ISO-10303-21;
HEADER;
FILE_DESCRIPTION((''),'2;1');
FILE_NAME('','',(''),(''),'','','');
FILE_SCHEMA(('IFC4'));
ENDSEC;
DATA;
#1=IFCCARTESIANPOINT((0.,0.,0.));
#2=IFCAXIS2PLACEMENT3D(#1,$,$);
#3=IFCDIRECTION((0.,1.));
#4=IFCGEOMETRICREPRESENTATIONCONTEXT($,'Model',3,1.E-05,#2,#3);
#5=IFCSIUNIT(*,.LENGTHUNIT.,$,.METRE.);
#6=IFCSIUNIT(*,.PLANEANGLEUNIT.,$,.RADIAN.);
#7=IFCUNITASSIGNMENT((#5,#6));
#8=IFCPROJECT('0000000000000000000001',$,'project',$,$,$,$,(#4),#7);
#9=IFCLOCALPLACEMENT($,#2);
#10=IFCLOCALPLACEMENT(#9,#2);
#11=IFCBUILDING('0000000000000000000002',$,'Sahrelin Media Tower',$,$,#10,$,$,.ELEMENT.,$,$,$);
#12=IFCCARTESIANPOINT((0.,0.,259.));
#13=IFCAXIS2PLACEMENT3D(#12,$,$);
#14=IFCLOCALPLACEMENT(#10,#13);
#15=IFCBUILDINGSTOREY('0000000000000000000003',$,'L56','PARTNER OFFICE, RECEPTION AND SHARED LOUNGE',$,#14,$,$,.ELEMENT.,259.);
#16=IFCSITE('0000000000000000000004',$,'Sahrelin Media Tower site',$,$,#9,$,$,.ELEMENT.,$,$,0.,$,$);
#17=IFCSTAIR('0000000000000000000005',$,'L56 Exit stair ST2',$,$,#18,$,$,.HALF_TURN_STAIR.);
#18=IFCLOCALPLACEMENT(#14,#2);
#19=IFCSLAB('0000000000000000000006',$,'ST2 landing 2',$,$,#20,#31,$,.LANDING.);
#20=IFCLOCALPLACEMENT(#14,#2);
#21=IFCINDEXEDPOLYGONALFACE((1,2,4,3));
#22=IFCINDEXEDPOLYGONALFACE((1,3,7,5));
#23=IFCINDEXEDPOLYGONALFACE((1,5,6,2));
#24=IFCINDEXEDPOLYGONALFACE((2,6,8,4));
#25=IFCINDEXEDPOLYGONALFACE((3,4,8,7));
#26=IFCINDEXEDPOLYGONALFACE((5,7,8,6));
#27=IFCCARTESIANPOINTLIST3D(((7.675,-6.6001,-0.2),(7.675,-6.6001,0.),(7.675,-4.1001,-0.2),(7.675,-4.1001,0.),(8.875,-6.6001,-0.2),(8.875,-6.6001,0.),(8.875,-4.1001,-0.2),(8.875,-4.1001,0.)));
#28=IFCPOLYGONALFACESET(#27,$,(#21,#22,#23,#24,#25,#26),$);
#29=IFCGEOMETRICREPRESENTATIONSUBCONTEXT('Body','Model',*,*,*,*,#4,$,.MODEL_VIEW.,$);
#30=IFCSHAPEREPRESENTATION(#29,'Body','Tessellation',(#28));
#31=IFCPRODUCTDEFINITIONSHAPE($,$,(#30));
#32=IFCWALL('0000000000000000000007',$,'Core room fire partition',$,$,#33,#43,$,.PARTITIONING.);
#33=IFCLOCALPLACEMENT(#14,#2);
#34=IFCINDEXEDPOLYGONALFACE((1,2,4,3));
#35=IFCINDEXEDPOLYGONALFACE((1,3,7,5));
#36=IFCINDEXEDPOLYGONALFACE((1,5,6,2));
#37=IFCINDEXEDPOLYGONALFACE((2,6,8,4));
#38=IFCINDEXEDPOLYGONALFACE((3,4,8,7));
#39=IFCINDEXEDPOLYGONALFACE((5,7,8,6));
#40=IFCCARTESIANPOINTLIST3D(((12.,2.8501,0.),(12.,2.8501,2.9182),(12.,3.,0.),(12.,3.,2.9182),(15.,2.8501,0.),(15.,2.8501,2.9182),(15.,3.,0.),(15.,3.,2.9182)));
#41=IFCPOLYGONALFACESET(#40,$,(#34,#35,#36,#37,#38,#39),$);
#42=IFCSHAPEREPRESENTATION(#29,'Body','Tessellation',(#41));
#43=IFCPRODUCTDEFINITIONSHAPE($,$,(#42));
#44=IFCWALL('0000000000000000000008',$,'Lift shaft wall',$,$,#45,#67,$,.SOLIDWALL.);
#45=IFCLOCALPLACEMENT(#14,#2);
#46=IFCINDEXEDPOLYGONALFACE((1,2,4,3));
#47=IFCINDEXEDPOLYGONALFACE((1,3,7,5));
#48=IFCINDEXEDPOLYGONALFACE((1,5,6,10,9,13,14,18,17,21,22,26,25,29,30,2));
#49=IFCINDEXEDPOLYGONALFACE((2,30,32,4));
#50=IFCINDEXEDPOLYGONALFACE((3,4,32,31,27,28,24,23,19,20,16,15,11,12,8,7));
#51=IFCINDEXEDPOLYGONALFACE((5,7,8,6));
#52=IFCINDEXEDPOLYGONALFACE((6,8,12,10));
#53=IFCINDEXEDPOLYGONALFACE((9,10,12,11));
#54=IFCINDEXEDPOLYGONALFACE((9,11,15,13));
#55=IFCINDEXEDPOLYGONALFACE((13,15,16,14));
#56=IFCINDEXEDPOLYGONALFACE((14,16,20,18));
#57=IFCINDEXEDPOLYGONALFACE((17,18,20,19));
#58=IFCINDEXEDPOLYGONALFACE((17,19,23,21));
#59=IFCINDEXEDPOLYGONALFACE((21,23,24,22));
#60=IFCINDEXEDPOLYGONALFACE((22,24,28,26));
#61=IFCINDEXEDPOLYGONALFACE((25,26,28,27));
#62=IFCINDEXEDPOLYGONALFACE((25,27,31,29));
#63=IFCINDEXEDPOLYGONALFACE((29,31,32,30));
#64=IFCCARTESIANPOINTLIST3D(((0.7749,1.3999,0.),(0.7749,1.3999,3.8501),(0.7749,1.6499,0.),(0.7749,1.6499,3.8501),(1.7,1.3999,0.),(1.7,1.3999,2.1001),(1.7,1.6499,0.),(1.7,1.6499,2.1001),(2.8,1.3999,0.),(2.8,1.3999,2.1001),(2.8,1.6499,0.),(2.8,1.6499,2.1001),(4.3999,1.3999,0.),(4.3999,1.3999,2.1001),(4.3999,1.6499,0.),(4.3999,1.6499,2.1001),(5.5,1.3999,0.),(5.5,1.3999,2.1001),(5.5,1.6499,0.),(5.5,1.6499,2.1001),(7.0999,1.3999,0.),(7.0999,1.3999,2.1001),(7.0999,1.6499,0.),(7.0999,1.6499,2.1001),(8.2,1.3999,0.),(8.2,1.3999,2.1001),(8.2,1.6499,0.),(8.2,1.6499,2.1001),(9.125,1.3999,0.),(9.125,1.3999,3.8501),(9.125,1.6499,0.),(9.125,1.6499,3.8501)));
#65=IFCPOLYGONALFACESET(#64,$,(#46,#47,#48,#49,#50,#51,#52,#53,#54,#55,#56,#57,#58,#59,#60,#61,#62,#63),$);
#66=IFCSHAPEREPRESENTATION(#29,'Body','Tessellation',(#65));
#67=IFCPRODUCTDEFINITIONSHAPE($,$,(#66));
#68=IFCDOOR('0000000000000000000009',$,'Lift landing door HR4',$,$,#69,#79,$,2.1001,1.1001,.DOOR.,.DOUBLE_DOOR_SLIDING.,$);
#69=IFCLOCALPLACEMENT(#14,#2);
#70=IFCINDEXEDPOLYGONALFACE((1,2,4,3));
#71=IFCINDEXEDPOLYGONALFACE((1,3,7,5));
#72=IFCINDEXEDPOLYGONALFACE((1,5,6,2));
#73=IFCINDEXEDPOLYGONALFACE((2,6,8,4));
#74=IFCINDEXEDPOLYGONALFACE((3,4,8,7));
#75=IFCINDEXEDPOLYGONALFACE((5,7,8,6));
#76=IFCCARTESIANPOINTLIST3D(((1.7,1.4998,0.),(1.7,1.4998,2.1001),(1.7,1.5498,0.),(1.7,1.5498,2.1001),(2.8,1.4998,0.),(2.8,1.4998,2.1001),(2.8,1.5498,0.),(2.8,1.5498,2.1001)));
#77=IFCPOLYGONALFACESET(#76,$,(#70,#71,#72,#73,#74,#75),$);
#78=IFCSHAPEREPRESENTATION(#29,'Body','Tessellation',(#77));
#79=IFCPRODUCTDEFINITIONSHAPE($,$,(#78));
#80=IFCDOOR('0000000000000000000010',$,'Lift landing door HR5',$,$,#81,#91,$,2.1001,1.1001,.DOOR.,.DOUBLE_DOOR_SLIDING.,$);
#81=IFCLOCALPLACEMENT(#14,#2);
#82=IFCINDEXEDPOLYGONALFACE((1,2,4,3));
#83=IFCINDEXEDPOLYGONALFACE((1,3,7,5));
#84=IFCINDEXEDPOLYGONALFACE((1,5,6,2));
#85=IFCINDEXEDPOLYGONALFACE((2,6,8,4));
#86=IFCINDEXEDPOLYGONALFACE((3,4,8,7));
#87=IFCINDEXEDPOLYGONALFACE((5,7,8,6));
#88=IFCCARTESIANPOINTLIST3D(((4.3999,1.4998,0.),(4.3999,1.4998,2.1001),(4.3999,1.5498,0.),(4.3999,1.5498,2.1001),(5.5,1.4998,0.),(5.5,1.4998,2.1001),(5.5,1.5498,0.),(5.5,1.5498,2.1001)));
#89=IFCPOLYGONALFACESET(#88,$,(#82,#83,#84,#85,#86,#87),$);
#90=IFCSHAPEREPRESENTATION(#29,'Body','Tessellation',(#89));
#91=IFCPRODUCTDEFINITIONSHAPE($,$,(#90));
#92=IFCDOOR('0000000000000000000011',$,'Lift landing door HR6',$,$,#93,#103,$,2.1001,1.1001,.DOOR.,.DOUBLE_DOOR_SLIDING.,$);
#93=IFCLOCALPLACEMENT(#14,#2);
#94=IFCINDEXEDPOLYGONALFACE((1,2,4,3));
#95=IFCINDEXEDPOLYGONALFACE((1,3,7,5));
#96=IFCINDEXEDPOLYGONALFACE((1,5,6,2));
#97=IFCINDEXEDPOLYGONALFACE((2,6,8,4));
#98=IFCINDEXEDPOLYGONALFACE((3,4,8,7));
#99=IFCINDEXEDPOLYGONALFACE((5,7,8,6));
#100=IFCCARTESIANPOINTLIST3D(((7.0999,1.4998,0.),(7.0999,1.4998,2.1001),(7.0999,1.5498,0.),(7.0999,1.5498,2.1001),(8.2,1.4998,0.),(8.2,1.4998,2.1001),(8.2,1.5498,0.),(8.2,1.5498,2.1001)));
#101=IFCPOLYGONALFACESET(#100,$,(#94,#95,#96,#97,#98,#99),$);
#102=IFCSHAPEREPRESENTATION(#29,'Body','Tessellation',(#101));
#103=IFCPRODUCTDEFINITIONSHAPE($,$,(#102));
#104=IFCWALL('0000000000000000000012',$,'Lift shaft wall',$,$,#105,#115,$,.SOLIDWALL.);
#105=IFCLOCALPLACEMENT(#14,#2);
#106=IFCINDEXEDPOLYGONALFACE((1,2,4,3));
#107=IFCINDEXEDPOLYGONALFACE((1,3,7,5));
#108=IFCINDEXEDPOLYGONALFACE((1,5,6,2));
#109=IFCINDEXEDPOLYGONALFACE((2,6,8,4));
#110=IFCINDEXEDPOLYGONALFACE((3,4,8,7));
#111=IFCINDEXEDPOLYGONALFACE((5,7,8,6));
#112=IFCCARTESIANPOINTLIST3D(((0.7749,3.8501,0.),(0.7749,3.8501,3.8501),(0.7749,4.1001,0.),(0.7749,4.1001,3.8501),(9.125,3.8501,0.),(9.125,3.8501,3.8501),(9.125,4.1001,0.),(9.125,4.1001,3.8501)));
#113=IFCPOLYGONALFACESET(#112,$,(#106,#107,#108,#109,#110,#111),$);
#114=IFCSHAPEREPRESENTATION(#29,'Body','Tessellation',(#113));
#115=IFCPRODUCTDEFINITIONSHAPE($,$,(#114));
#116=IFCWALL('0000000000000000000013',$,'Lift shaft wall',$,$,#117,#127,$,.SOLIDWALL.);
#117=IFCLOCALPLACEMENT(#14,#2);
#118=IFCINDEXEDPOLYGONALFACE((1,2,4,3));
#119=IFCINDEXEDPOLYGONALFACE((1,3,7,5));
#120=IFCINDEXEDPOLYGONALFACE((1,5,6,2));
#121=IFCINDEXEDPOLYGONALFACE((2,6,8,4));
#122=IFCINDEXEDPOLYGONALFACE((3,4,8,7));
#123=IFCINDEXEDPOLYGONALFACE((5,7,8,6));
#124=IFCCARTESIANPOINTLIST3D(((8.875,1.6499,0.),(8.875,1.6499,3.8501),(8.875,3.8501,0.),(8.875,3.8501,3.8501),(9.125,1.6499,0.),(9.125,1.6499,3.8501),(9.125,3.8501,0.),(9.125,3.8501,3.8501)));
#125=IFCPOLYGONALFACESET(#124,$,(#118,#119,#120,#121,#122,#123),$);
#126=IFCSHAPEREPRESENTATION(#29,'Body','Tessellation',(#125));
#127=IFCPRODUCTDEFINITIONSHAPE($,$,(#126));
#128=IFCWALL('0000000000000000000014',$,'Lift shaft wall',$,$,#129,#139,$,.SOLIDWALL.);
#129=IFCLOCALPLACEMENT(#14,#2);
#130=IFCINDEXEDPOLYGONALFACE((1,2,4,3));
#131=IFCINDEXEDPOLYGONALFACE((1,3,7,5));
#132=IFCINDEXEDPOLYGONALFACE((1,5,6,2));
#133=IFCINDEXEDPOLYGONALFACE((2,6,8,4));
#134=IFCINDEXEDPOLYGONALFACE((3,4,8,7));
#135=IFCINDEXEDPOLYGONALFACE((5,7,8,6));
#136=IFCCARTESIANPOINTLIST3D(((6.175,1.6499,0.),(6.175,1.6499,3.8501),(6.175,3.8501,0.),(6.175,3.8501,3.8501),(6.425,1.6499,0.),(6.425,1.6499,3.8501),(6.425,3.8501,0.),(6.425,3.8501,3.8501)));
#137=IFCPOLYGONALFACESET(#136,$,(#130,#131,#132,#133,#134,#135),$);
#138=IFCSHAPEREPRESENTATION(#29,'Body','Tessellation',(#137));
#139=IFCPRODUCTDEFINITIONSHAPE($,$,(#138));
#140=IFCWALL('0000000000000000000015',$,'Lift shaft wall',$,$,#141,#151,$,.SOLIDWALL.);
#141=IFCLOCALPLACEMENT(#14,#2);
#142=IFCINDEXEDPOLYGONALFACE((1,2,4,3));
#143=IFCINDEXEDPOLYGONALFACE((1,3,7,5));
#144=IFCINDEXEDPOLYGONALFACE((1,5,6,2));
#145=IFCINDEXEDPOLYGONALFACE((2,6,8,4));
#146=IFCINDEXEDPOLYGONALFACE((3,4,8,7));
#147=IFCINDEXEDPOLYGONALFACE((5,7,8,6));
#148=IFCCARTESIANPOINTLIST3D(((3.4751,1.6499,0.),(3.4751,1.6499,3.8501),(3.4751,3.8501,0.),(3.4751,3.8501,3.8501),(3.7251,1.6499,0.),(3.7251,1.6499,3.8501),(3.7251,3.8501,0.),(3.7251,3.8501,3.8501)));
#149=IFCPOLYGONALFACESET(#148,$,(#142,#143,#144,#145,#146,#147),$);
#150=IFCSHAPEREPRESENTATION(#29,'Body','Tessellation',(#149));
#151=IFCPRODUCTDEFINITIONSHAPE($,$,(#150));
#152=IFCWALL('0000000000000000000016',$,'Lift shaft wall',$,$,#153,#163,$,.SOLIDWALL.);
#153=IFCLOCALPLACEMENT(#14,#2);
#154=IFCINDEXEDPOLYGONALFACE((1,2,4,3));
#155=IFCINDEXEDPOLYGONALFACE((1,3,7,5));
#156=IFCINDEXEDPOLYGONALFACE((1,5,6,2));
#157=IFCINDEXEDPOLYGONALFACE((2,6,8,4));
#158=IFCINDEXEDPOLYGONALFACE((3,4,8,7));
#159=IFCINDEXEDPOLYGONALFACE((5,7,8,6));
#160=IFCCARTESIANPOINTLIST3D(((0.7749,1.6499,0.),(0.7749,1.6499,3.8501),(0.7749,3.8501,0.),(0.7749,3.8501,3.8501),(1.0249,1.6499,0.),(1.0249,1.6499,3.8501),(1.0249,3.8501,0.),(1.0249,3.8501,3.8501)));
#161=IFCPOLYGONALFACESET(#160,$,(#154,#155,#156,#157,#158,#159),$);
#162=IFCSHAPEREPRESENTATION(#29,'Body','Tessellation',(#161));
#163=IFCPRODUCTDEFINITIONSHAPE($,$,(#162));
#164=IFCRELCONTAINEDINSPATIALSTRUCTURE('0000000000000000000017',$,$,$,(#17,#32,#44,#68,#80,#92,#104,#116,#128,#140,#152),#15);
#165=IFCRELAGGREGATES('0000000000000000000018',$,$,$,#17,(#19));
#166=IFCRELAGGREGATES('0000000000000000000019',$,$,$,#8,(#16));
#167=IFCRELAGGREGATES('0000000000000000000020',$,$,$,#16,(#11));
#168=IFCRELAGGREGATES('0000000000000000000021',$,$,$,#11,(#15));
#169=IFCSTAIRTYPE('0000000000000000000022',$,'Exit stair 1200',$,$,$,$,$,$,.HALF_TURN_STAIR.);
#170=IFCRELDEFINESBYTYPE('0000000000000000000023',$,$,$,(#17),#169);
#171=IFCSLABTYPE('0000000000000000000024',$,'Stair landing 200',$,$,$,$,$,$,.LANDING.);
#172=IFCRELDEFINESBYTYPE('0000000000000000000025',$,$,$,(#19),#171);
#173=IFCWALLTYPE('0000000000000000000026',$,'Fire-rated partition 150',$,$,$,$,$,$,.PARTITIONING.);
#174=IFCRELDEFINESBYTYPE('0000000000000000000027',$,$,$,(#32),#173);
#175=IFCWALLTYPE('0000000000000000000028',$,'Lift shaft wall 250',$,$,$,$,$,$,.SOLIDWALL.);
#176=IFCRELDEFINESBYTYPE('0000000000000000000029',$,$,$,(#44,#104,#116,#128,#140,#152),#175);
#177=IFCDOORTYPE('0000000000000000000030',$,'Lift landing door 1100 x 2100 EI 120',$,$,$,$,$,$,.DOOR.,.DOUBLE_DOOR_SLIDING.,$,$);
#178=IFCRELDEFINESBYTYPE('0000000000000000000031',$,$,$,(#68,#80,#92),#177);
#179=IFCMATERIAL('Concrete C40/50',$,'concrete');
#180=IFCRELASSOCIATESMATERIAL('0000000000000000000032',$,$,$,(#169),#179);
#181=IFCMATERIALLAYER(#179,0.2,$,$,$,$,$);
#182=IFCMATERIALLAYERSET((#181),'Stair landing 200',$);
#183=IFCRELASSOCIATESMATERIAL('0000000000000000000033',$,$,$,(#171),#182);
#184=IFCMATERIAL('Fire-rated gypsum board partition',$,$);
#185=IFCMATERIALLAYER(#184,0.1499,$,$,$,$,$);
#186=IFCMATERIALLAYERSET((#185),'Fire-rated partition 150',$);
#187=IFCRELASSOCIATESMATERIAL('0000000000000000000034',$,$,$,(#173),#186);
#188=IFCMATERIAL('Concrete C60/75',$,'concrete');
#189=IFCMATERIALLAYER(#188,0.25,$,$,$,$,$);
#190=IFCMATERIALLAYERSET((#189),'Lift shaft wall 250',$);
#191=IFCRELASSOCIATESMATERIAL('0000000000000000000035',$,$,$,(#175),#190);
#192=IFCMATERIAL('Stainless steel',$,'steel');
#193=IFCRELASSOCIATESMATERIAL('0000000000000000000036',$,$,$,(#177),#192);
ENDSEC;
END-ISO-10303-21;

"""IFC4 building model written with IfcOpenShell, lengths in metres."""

from ifc_helpers import new_model, si_unit, direction, frame, frame_2d, origin, place, context, subcontext, project, spatial, polyline, rectangle, outline, extrude, material, layer, layer_set, type_object, element, fill, aggregate, save


model = new_model("IFC4")

# Units and contexts
model_context = context("Model", 3, precision=1e-05, world=origin(), true_north=direction((0.0, 1.0)))
body_context = subcontext(model_context, "Body", "Model", "MODEL_VIEW")
ifc_project = project(units=[si_unit("LENGTHUNIT", "METRE"), si_unit("PLANEANGLEUNIT", "RADIAN")], contexts=[model_context])

# Site, building, storey
site_placement = place(None, origin())
site = spatial("IfcSite", under=ifc_project, at=site_placement, Name="Sahrelin Media Tower site", CompositionType="ELEMENT", RefElevation=0.0)
building_placement = place(site_placement, origin())
building = spatial("IfcBuilding", under=site, at=building_placement, Name="Sahrelin Media Tower", CompositionType="ELEMENT")
storey_placement = place(building_placement, frame((0.0, 0.0, 259.0)))
storey = spatial("IfcBuildingStorey", under=building, at=storey_placement, Name="L56", Description="PARTNER OFFICE, RECEPTION AND SHARED LOUNGE", CompositionType="ELEMENT", Elevation=259.0)

# Shared definitions
ifc_material_1 = material(Name="Concrete C40/50", Category="concrete")

# Shared definitions
stair_type = type_object("IfcStairType", Name="Exit stair 1200", PredefinedType="HALF_TURN_STAIR", material=ifc_material_1)
placement_1 = place(storey_placement, origin())
ifc_layer_1 = layer(ifc_material_1, 0.2)
ifc_layer_set_1 = layer_set([ifc_layer_1], Name="Stair landing 200")
slab_type_1 = type_object("IfcSlabType", Name="Stair landing 200", PredefinedType="LANDING", material=ifc_layer_set_1)
placement_2 = place(storey_placement, frame((0.0, 0.0, -0.2)))

# Stair, slab
stair_1 = element("IfcStair", 1, at=placement_1, inside=storey, type_object=stair_type, Name="L56 Exit stair ST2", PredefinedType="HALF_TURN_STAIR")
slab_1 = element("IfcSlab", 2, at=placement_2, type_object=slab_type_1, Name="ST2 landing 2", PredefinedType="LANDING", context=body_context, shape_type="SweptSolid", body=[
    extrude(outline(polyline([(8.875, -4.1001), (7.675, -4.1001), (7.675, -6.6001), (8.875, -6.6001), (8.875, -4.1001)])), origin(), (0.0, 0.0, 1.0), 0.2),
])
aggregate(stair_1, [slab_1])

# Wall
ifc_material_2 = material(Name="Fire-rated gypsum board partition")
ifc_layer_2 = layer(ifc_material_2, 0.1499)
ifc_layer_set_2 = layer_set([ifc_layer_2], Name="Fire-rated partition 150")
wall_type_1 = type_object("IfcWallType", Name="Fire-rated partition 150", PredefinedType="PARTITIONING", material=ifc_layer_set_2)
wall_1_placement = place(storey_placement, frame((12.0, 2.925, 0.0), z_axis=(0.0, 0.0, 1.0), x_axis=(1.0, 0.0, 0.0)))
element("IfcWall", 3, at=wall_1_placement, inside=storey, type_object=wall_type_1, Name="Core room fire partition", PredefinedType="PARTITIONING", context=body_context, shape_type="SweptSolid", body=[
    extrude(rectangle(XDim=3.0, YDim=0.1499, at=frame_2d((1.5, 0.0))), origin(), (0.0, 0.0, 1.0), 2.9182),
])

# Wall, openings, doors
ifc_material_3 = material(Name="Concrete C60/75", Category="concrete")
ifc_layer_3 = layer(ifc_material_3, 0.25)
ifc_layer_set_3 = layer_set([ifc_layer_3], Name="Lift shaft wall 250")
wall_type_2 = type_object("IfcWallType", Name="Lift shaft wall 250", PredefinedType="SOLIDWALL", material=ifc_layer_set_3)
wall_2_placement = place(storey_placement, frame((0.7749, 1.5249, 0.0), z_axis=(0.0, 0.0, 1.0), x_axis=(1.0, 0.0, 0.0)))
wall_2 = element("IfcWall", 4, at=wall_2_placement, inside=storey, type_object=wall_type_2, Name="Lift shaft wall", PredefinedType="SOLIDWALL", context=body_context, shape_type="SweptSolid", body=[
    extrude(rectangle(XDim=8.3501, YDim=0.25, at=frame_2d((4.175, 0.0))), origin(), (0.0, 0.0, 1.0), 3.8501),
])
opening_1_placement = place(wall_2_placement, frame((0.925, 0.0, 0.0)))
opening_1 = element("IfcOpeningElement", 5, at=opening_1_placement, cuts=wall_2, PredefinedType="OPENING", context=body_context, shape_type="SweptSolid", body=[
    extrude(rectangle(XDim=1.1001, YDim=2.1001, at=frame_2d((0.55, 1.05))), frame((0.0, 0.125, 0.0), z_axis=(0.0, -1.0, 0.0), x_axis=(1.0, 0.0, 0.0)), (0.0, 0.0, 1.0), 0.25),
])
opening_2_placement = place(wall_2_placement, frame((3.625, 0.0, 0.0)))
opening_2 = element("IfcOpeningElement", 6, at=opening_2_placement, cuts=wall_2, PredefinedType="OPENING", context=body_context, shape_type="SweptSolid", body=[
    extrude(rectangle(XDim=1.1001, YDim=2.1001, at=frame_2d((0.55, 1.05))), frame((0.0, 0.125, 0.0), z_axis=(0.0, -1.0, 0.0), x_axis=(1.0, 0.0, 0.0)), (0.0, 0.0, 1.0), 0.25),
])
opening_3_placement = place(wall_2_placement, frame((6.325, 0.0, 0.0)))
opening_3 = element("IfcOpeningElement", 7, at=opening_3_placement, cuts=wall_2, PredefinedType="OPENING", context=body_context, shape_type="SweptSolid", body=[
    extrude(rectangle(XDim=1.1001, YDim=2.1001, at=frame_2d((0.55, 1.05))), frame((0.0, 0.125, 0.0), z_axis=(0.0, -1.0, 0.0), x_axis=(1.0, 0.0, 0.0)), (0.0, 0.0, 1.0), 0.25),
])
ifc_material_4 = material(Name="Stainless steel", Category="steel")
door_type_1 = type_object("IfcDoorType", Name="Lift landing door 1100 x 2100 EI 120", OperationType="DOUBLE_DOOR_SLIDING", PredefinedType="DOOR", material=ifc_material_4)
door_1_placement = place(opening_1_placement, origin())
door_1 = element("IfcDoor", 8, at=door_1_placement, inside=storey, type_object=door_type_1, Name="Lift landing door HR4", OperationType="DOUBLE_DOOR_SLIDING", OverallHeight=2.1001, OverallWidth=1.1001, PredefinedType="DOOR", context=body_context, shape_type="SweptSolid", body=[
    extrude(rectangle(XDim=1.1001, YDim=2.1001, at=frame_2d((0.55, 1.05))), frame((0.0, 0.0249, 0.0), z_axis=(0.0, -1.0, 0.0), x_axis=(1.0, 0.0, 0.0)), (0.0, 0.0, 1.0), 0.05),
])
fill(opening_1, door_1)
door_2_placement = place(opening_2_placement, origin())
door_2 = element("IfcDoor", 9, at=door_2_placement, inside=storey, type_object=door_type_1, Name="Lift landing door HR5", OperationType="DOUBLE_DOOR_SLIDING", OverallHeight=2.1001, OverallWidth=1.1001, PredefinedType="DOOR", context=body_context, shape_type="SweptSolid", body=[
    extrude(rectangle(XDim=1.1001, YDim=2.1001, at=frame_2d((0.55, 1.05))), frame((0.0, 0.0249, 0.0), z_axis=(0.0, -1.0, 0.0), x_axis=(1.0, 0.0, 0.0)), (0.0, 0.0, 1.0), 0.05),
])
fill(opening_2, door_2)
door_3_placement = place(opening_3_placement, origin())
door_3 = element("IfcDoor", 10, at=door_3_placement, inside=storey, type_object=door_type_1, Name="Lift landing door HR6", OperationType="DOUBLE_DOOR_SLIDING", OverallHeight=2.1001, OverallWidth=1.1001, PredefinedType="DOOR", context=body_context, shape_type="SweptSolid", body=[
    extrude(rectangle(XDim=1.1001, YDim=2.1001, at=frame_2d((0.55, 1.05))), frame((0.0, 0.0249, 0.0), z_axis=(0.0, -1.0, 0.0), x_axis=(1.0, 0.0, 0.0)), (0.0, 0.0, 1.0), 0.05),
])
fill(opening_3, door_3)

# Walls
wall_3_placement = place(storey_placement, frame((0.7749, 3.9751, 0.0), z_axis=(0.0, 0.0, 1.0), x_axis=(1.0, 0.0, 0.0)))
element("IfcWall", 11, at=wall_3_placement, inside=storey, type_object=wall_type_2, Name="Lift shaft wall", PredefinedType="SOLIDWALL", context=body_context, shape_type="SweptSolid", body=[
    extrude(rectangle(XDim=8.3501, YDim=0.25, at=frame_2d((4.175, 0.0))), origin(), (0.0, 0.0, 1.0), 3.8501),
])
for number, where, z_axis, x_axis, name in (
    (12, (9.0, 1.6499, 0.0), (0.0, 0.0, 1.0), (0.0, 1.0, 0.0), "Lift shaft wall"),
    (13, (6.3, 1.6499, 0.0), (0.0, 0.0, 1.0), (0.0, 1.0, 0.0), "Lift shaft wall"),
    (14, (3.6001, 1.6499, 0.0), (0.0, 0.0, 1.0), (0.0, 1.0, 0.0), "Lift shaft wall"),
    (15, (0.8999, 1.6499, 0.0), (0.0, 0.0, 1.0), (0.0, 1.0, 0.0), "Lift shaft wall"),
):
    element("IfcWall", number, at=place(storey_placement, frame(where, z_axis=z_axis, x_axis=x_axis)), inside=storey, type_object=wall_type_2, Name=name, PredefinedType="SOLIDWALL", context=body_context, shape_type="SweptSolid", body=[
        extrude(rectangle(XDim=2.2002, YDim=0.25, at=frame_2d((1.1001, 0.0))), origin(), (0.0, 0.0, 1.0), 3.8501),
    ])

save(model, "model.ifc")
